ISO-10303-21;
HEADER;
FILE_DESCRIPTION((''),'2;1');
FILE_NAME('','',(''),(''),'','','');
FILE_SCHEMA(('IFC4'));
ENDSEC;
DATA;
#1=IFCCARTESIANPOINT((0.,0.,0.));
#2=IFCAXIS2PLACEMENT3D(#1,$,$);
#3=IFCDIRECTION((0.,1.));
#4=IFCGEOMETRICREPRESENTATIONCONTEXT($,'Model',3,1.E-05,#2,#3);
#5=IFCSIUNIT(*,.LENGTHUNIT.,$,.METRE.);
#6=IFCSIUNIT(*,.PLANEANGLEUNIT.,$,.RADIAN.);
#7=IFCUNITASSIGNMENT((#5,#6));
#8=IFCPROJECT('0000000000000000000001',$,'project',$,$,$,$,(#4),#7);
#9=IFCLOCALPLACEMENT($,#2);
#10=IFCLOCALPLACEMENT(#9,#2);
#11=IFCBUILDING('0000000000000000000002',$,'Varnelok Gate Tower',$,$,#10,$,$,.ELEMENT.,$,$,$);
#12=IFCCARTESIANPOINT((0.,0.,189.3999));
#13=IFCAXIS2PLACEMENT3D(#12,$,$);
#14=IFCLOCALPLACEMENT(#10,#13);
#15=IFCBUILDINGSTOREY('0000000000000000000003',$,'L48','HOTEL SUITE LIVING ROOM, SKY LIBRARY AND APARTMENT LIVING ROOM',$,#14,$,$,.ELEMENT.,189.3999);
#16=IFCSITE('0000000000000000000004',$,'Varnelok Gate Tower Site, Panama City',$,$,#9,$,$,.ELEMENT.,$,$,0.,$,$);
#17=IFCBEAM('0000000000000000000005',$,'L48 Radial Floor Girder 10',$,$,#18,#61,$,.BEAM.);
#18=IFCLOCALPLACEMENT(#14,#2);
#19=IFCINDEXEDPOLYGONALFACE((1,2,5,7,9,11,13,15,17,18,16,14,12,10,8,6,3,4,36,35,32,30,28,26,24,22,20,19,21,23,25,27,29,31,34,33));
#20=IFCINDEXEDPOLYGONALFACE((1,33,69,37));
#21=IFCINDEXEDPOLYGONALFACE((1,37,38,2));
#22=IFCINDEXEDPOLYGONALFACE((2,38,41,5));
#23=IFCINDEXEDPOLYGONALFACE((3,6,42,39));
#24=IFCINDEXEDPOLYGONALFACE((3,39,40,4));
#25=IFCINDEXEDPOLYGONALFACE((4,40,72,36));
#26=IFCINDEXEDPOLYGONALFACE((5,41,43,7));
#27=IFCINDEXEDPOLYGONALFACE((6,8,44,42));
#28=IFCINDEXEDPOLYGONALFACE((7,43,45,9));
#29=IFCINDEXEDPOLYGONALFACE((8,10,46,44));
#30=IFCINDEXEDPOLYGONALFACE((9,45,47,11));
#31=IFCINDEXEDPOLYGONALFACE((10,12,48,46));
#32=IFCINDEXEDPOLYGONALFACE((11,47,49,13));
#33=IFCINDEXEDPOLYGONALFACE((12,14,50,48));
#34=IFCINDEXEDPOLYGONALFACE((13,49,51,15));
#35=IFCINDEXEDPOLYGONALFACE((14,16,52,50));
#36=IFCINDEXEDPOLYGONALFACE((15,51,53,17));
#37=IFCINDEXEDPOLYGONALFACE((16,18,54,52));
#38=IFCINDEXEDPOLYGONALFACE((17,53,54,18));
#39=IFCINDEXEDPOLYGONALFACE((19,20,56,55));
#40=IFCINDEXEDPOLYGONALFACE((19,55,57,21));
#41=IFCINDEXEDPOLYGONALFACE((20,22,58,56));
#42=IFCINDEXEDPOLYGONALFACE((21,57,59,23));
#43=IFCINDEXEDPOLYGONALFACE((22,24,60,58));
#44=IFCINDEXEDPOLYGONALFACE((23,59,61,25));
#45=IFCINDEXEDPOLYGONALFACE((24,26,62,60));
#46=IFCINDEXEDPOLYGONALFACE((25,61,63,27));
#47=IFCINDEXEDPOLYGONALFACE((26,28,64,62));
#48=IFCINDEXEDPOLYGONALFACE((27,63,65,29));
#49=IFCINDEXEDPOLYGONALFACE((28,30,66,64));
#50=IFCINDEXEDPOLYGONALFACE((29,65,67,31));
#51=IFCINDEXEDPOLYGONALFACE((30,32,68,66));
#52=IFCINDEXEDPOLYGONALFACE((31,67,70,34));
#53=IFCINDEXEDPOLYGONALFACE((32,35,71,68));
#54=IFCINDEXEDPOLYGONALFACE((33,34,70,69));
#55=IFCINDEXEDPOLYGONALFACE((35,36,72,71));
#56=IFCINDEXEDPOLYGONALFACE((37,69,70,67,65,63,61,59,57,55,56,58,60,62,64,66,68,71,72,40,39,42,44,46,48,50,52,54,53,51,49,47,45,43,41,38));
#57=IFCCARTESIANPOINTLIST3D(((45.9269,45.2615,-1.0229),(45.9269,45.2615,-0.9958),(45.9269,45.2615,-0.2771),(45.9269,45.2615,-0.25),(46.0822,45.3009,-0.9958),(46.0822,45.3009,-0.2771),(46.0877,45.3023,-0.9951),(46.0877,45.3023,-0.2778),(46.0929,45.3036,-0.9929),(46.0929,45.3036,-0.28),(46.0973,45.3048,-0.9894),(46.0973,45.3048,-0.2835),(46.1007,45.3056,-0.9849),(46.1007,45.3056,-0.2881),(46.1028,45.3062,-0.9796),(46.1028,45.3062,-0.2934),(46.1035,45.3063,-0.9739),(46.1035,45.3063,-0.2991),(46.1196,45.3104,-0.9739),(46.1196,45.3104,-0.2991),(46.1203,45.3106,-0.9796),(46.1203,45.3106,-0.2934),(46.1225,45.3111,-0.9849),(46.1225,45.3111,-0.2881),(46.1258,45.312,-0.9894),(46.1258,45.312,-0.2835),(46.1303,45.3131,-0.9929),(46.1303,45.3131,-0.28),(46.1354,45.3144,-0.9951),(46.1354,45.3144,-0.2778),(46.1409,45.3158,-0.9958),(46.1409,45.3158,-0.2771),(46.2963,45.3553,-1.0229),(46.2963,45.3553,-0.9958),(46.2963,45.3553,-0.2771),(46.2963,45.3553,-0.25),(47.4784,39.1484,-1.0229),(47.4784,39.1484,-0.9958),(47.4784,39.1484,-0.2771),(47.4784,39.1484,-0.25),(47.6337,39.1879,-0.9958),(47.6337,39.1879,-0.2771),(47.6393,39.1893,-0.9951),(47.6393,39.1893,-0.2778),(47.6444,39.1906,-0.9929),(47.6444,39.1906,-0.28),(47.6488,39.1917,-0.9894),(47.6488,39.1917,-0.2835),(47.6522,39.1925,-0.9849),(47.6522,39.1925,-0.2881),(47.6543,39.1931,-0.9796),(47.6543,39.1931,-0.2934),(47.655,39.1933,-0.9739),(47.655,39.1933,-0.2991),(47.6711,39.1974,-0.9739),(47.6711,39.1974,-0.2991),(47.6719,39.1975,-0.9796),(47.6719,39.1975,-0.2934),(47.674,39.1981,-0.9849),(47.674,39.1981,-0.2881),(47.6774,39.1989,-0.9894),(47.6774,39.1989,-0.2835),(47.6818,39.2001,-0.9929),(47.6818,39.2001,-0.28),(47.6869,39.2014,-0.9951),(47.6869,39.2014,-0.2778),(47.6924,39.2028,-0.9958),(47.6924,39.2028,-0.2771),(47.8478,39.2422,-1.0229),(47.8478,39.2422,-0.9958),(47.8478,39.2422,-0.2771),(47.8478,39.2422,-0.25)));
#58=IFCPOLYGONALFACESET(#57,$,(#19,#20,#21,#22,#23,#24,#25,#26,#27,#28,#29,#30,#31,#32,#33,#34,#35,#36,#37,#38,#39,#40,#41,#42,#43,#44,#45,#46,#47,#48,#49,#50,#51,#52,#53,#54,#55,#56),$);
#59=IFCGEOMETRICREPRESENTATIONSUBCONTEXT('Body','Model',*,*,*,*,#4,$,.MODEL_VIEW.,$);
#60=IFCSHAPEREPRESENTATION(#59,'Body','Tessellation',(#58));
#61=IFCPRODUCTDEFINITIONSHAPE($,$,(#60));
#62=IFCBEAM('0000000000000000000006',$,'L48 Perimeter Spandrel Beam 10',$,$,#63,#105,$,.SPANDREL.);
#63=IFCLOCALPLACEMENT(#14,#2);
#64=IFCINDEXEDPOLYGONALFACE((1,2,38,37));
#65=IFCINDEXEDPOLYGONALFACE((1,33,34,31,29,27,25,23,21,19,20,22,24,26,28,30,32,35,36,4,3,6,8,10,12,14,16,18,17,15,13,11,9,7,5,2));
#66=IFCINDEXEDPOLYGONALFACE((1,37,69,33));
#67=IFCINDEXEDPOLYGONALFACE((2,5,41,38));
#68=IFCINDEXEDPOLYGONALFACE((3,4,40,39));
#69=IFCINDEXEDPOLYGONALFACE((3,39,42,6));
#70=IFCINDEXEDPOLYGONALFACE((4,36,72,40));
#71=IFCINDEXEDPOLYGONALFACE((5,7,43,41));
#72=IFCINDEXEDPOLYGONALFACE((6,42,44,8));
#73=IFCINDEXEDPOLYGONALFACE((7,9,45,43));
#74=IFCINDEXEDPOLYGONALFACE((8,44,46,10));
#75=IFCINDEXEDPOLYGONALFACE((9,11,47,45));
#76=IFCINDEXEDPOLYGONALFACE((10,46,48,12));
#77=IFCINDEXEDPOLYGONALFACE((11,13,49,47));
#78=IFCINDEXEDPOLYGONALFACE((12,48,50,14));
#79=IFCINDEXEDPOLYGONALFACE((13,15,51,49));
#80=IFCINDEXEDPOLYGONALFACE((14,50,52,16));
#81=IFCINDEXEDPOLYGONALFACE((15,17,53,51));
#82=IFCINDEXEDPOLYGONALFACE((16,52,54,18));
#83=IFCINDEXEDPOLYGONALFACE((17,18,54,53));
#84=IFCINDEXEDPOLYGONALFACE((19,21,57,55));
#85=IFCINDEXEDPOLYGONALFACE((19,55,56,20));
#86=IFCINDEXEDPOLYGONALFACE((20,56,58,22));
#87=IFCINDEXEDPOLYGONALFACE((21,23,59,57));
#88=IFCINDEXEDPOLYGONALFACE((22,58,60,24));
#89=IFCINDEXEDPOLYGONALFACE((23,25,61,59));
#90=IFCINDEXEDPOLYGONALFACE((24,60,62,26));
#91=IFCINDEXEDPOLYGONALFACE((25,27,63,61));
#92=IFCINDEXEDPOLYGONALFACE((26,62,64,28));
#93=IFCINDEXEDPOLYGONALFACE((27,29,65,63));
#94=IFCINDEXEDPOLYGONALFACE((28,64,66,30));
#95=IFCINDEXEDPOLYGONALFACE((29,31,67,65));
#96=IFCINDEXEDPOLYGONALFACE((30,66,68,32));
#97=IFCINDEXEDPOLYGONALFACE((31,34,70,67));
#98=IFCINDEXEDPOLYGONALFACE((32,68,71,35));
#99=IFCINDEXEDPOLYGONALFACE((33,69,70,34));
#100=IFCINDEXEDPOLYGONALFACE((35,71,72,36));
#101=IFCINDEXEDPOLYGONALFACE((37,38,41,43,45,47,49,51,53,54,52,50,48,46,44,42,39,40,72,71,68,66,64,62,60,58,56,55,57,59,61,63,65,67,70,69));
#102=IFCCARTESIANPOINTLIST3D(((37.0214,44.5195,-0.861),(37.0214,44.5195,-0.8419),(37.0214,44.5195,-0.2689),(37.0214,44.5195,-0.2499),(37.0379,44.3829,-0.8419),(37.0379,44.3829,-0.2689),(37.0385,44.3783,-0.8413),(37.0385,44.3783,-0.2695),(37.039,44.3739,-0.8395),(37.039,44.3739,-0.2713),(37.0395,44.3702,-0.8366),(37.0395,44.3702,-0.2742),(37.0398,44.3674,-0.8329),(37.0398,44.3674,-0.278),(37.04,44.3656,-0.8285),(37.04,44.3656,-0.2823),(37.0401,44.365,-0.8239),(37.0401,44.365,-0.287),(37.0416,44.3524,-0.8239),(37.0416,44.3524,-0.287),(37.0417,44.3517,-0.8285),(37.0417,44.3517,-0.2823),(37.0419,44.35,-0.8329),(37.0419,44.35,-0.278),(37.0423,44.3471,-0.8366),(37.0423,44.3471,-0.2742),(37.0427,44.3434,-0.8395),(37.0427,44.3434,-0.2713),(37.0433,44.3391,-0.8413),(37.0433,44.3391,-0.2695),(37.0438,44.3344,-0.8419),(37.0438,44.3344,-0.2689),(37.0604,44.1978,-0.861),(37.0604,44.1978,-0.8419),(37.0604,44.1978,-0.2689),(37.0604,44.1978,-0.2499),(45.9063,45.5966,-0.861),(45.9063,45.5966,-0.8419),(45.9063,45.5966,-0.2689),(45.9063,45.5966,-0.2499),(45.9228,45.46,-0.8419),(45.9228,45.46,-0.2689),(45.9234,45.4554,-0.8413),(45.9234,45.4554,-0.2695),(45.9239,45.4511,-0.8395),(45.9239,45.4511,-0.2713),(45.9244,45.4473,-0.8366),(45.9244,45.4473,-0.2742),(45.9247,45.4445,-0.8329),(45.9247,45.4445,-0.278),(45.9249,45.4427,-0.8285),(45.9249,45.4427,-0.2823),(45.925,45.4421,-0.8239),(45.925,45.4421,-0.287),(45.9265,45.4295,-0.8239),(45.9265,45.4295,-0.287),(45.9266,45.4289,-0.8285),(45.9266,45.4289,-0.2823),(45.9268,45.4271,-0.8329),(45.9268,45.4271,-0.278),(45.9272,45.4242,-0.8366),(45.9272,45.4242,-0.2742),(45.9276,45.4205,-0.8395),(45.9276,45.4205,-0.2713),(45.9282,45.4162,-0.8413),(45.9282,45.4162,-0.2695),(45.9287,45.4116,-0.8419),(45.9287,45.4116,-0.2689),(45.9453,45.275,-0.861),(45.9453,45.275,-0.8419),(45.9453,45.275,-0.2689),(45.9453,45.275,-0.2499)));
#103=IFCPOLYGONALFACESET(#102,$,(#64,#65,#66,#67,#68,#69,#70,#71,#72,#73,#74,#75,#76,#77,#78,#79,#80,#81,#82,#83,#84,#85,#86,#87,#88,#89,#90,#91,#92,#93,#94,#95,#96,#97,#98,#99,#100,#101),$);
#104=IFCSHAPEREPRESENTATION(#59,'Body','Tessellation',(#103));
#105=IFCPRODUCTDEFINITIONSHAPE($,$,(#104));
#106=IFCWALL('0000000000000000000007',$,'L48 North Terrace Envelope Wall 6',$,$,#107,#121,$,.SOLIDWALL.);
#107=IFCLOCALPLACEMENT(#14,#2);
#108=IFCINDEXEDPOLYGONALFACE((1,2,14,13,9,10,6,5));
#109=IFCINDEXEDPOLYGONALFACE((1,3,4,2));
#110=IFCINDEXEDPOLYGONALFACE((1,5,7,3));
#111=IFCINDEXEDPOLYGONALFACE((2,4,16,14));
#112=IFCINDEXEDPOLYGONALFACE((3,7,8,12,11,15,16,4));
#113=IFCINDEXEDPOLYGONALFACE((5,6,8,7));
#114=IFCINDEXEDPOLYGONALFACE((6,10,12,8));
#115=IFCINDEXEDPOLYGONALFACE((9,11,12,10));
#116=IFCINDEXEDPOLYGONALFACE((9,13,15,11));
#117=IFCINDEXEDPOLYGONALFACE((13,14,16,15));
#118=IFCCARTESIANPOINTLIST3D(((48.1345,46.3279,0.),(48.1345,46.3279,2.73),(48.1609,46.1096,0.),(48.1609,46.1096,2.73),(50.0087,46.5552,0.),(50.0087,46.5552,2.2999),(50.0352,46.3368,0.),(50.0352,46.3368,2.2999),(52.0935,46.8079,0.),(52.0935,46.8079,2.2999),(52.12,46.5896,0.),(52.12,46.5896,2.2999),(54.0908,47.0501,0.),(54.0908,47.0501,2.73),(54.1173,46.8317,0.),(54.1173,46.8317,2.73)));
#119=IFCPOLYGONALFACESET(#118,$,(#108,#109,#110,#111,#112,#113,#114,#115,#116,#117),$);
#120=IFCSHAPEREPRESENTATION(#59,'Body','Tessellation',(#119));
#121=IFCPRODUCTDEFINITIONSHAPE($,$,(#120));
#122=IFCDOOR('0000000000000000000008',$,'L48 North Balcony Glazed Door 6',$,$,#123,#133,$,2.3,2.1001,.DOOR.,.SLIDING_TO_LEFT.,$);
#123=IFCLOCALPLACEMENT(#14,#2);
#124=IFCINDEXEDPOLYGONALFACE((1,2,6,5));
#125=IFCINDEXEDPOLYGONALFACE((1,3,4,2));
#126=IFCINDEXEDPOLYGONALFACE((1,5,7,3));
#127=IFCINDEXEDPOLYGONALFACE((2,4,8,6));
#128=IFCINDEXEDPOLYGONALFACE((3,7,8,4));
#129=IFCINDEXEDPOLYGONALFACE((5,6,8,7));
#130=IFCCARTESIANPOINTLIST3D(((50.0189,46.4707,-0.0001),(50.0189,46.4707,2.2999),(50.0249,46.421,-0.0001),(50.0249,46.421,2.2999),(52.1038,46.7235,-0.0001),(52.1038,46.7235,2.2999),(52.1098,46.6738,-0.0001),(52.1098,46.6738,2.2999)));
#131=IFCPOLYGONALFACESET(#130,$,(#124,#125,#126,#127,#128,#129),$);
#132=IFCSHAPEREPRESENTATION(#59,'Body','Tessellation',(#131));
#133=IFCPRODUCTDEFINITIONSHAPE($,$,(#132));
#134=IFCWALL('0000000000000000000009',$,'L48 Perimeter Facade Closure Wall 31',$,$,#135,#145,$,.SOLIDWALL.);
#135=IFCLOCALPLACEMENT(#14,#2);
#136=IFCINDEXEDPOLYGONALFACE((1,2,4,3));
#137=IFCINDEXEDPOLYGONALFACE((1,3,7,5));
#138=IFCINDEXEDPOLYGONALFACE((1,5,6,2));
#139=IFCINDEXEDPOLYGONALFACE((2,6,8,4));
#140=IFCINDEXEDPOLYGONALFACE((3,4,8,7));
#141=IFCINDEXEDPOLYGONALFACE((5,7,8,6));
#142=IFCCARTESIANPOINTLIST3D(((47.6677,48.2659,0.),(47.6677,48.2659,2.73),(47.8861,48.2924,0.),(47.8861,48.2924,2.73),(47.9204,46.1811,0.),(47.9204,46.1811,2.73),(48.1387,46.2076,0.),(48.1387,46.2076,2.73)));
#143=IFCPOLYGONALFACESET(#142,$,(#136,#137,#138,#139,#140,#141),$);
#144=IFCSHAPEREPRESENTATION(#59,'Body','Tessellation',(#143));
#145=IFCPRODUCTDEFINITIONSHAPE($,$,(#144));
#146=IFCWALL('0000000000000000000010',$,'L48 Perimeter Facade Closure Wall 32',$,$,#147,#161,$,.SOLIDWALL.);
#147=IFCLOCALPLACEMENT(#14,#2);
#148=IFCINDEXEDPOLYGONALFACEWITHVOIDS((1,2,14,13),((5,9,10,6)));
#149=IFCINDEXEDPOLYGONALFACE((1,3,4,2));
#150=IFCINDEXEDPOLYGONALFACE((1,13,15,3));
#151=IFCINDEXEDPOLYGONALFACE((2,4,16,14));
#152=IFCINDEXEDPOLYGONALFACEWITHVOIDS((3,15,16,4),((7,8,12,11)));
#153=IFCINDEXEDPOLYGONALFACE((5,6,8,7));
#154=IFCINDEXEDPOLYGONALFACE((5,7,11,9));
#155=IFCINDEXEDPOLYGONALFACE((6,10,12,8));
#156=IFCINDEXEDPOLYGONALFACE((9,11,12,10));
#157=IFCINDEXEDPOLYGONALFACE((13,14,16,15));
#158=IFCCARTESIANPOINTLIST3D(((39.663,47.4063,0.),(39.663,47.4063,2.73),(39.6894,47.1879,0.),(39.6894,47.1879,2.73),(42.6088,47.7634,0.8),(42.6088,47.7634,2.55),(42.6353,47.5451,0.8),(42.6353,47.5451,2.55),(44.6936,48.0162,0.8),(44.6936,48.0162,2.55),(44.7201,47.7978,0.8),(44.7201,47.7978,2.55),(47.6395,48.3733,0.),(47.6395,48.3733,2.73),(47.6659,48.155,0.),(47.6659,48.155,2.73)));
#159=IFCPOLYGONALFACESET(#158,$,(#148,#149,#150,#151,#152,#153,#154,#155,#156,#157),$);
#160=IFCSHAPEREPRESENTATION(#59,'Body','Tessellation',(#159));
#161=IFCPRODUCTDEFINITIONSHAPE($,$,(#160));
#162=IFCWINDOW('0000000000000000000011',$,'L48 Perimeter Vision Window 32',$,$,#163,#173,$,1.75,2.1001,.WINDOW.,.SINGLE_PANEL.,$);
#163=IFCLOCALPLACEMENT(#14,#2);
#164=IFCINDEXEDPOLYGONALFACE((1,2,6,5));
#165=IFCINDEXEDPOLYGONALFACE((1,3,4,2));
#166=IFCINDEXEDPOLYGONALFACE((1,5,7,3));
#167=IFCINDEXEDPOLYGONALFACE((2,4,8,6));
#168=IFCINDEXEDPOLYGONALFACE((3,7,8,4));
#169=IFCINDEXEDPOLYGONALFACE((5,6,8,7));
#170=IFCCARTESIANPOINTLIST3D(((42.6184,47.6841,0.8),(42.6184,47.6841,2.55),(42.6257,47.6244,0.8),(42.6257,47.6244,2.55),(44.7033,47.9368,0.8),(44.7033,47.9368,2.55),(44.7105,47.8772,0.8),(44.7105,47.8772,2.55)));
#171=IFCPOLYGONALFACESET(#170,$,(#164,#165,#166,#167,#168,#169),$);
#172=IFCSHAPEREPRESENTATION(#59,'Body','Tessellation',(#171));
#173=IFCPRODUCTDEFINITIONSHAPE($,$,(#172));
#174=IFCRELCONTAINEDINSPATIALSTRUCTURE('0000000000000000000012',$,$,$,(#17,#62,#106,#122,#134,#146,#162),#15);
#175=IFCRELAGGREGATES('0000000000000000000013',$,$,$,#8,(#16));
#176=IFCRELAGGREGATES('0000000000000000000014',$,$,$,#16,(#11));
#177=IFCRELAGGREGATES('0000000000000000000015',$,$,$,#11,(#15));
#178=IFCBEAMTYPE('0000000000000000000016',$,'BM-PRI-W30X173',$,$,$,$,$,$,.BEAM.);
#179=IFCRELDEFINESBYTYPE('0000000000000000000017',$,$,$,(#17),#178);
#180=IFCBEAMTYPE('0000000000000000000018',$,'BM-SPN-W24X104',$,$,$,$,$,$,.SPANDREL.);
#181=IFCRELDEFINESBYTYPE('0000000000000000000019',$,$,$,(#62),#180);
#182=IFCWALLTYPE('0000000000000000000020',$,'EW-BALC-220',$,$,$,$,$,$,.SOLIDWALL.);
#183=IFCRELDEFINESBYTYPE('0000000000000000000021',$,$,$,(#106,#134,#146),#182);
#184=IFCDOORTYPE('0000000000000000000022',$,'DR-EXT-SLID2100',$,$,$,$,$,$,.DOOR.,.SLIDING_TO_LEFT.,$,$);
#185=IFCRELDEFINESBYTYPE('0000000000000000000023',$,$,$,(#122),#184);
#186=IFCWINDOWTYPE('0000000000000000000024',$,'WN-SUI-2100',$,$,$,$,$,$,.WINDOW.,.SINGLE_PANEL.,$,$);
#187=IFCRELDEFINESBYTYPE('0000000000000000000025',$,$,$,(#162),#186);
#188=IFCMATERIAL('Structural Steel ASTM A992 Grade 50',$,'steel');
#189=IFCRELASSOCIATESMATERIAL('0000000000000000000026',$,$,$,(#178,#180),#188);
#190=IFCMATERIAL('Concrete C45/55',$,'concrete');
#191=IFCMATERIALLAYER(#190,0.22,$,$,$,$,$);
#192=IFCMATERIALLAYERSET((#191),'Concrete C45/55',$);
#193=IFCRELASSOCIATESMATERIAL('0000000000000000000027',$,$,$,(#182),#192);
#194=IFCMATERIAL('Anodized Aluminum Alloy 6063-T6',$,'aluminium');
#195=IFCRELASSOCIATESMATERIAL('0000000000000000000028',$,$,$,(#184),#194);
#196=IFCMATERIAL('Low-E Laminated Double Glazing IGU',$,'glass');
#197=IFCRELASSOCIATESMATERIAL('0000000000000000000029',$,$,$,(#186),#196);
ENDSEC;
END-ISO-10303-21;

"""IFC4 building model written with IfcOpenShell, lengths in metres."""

from ifc_helpers import new_model, si_unit, direction, frame, frame_2d, origin, origin_2d, place, context, subcontext, project, spatial, rectangle, i_section, extrude, material, layer, layer_set, material_profile, profile_set, type_object, element, fill, save


model = new_model("IFC4")

# Units and contexts
model_context = context("Model", 3, precision=1e-05, world=origin(), true_north=direction((0.0, 1.0)))
body_context = subcontext(model_context, "Body", "Model", "MODEL_VIEW")
ifc_project = project(units=[si_unit("LENGTHUNIT", "METRE"), si_unit("PLANEANGLEUNIT", "RADIAN")], contexts=[model_context])

# Site, building, storey
site_placement = place(None, origin())
site = spatial("IfcSite", under=ifc_project, at=site_placement, Name="Varnelok Gate Tower Site, Panama City", CompositionType="ELEMENT", RefElevation=0.0)
building_placement = place(site_placement, origin())
building = spatial("IfcBuilding", under=site, at=building_placement, Name="Varnelok Gate Tower", CompositionType="ELEMENT")
storey_placement = place(building_placement, frame((0.0, 0.0, 189.3999)))
storey = spatial("IfcBuildingStorey", under=building, at=storey_placement, Name="L48", Description="HOTEL SUITE LIVING ROOM, SKY LIBRARY AND APARTMENT LIVING ROOM", CompositionType="ELEMENT", Elevation=189.3999)

# Shared definitions
ifc_material_1 = material(Name="Structural Steel ASTM A992 Grade 50", Category="steel")

# Beams
ifc_material_profile_1 = material_profile(ifc_material_1, i_section(OverallWidth=0.3811, OverallDepth=0.7729, WebThickness=0.0166, FlangeThickness=0.0271, FilletRadius=0.022, at=origin_2d()), Name="W30X173")
ifc_profile_set_1 = profile_set([ifc_material_profile_1], Name="Structural Steel ASTM A992 Grade 50")
beam_type_1 = type_object("IfcBeamType", Name="BM-PRI-W30X173", PredefinedType="BEAM", material=ifc_profile_set_1)
beam_1_placement = place(storey_placement, frame((47.6631, 39.1953, -0.6365), z_axis=(-0.246004, 0.969269, 0.0), x_axis=(-0.969269, -0.246004, 0.0)))
element("IfcBeam", 1, at=beam_1_placement, inside=storey, type_object=beam_type_1, Name="L48 Radial Floor Girder 10", PredefinedType="BEAM", context=body_context, shape_type="SweptSolid", body=[
    extrude(i_section(OverallWidth=0.3811, OverallDepth=0.7729, WebThickness=0.0166, FlangeThickness=0.0271, FilletRadius=0.022, at=origin_2d()), origin(), (0.0, 0.0, 1.0), 6.3069),
])
ifc_material_profile_2 = material_profile(ifc_material_1, i_section(OverallWidth=0.324, OverallDepth=0.6111, WebThickness=0.0127, FlangeThickness=0.019, FilletRadius=0.0181, at=origin_2d()), Name="W24X104")
ifc_profile_set_2 = profile_set([ifc_material_profile_2], Name="Structural Steel ASTM A992 Grade 50")
beam_type_2 = type_object("IfcBeamType", Name="BM-SPN-W24X104", PredefinedType="SPANDREL", material=ifc_profile_set_2)
beam_2_placement = place(storey_placement, frame((45.9258, 45.4358, -0.5554), z_axis=(-0.992731, -0.120351, 0.0), x_axis=(0.120351, -0.992731, 0.0)))
element("IfcBeam", 2, at=beam_2_placement, inside=storey, type_object=beam_type_2, Name="L48 Perimeter Spandrel Beam 10", PredefinedType="SPANDREL", context=body_context, shape_type="SweptSolid", body=[
    extrude(i_section(OverallWidth=0.324, OverallDepth=0.6111, WebThickness=0.0127, FlangeThickness=0.019, FilletRadius=0.0181, at=origin_2d()), origin(), (0.0, 0.0, 1.0), 8.95),
])

# Wall, opening, door
ifc_material_2 = material(Name="Concrete C45/55", Category="concrete")
ifc_layer_1 = layer(ifc_material_2, 0.22)
ifc_layer_set_1 = layer_set([ifc_layer_1], Name="Concrete C45/55")
wall_type_1 = type_object("IfcWallType", Name="EW-BALC-220", PredefinedType="SOLIDWALL", material=ifc_layer_set_1)
wall_1_placement = place(storey_placement, frame((48.1477, 46.2188, 0.0), z_axis=(0.0, 0.0, 1.0), x_axis=(0.99273, 0.120363, 0.0)))
wall_1 = element("IfcWall", 3, at=wall_1_placement, inside=storey, type_object=wall_type_1, Name="L48 North Terrace Envelope Wall 6", PredefinedType="SOLIDWALL", context=body_context, shape_type="SweptSolid", body=[
    extrude(rectangle(XDim=6.0, YDim=0.22, at=frame_2d((3.0, 0.0))), origin(), (0.0, 0.0, 1.0), 2.73),
])
opening_1_placement = place(wall_1_placement, frame((1.8879, 0.0, 0.0)))
opening_1 = element("IfcOpeningElement", 4, at=opening_1_placement, cuts=wall_1, PredefinedType="OPENING", context=body_context, shape_type="SweptSolid", body=[
    extrude(rectangle(XDim=2.1001, YDim=2.3, at=frame_2d((1.05, 1.1499))), frame((0.0, 0.1199, 0.0), z_axis=(0.0, -1.0, 0.0), x_axis=(1.0, 0.0, 0.0)), (0.0, 0.0, 1.0), 0.24),
])
ifc_material_3 = material(Name="Anodized Aluminum Alloy 6063-T6", Category="aluminium")
door_type_1 = type_object("IfcDoorType", Name="DR-EXT-SLID2100", OperationType="SLIDING_TO_LEFT", PredefinedType="DOOR", material=ifc_material_3)
door_1_placement = place(opening_1_placement, origin())
door_1 = element("IfcDoor", 5, at=door_1_placement, inside=storey, type_object=door_type_1, Name="L48 North Balcony Glazed Door 6", OperationType="SLIDING_TO_LEFT", OverallHeight=2.3, OverallWidth=2.1001, PredefinedType="DOOR", context=body_context, shape_type="SweptSolid", body=[
    extrude(rectangle(XDim=2.1001, YDim=2.3, at=frame_2d((1.05, 1.1499))), frame((0.0, 0.0249, 0.0), z_axis=(0.0, -1.0, 0.0), x_axis=(1.0, 0.0, 0.0)), (0.0, 0.0, 1.0), 0.05),
])
fill(opening_1, door_1)

# Wall
wall_2_placement = place(storey_placement, frame((48.0295, 46.1943, 0.0), z_axis=(0.0, 0.0, 1.0), x_axis=(-0.120314, 0.992736, 0.0)))
element("IfcWall", 6, at=wall_2_placement, inside=storey, type_object=wall_type_1, Name="L48 Perimeter Facade Closure Wall 31", PredefinedType="SOLIDWALL", context=body_context, shape_type="SweptSolid", body=[
    extrude(rectangle(XDim=2.1001, YDim=0.22, at=frame_2d((1.05, 0.0))), origin(), (0.0, 0.0, 1.0), 2.73),
])

# Wall, opening, window
wall_3_placement = place(storey_placement, frame((47.6528, 48.2642, 0.0), z_axis=(0.0, 0.0, 1.0), x_axis=(-0.992731, -0.120354, 0.0)))
wall_3 = element("IfcWall", 7, at=wall_3_placement, inside=storey, type_object=wall_type_1, Name="L48 Perimeter Facade Closure Wall 32", PredefinedType="SOLIDWALL", context=body_context, shape_type="SweptSolid", body=[
    extrude(rectangle(XDim=8.0349, YDim=0.22, at=frame_2d((4.0176, 0.0))), origin(), (0.0, 0.0, 1.0), 2.73),
])
opening_2_placement = place(wall_3_placement, frame((2.9675, 0.0, 0.8)))
opening_2 = element("IfcOpeningElement", 8, at=opening_2_placement, cuts=wall_3, PredefinedType="OPENING", context=body_context, shape_type="SweptSolid", body=[
    extrude(rectangle(XDim=2.1001, YDim=1.75, at=frame_2d((1.05, 0.875))), frame((0.0, 0.1199, 0.0), z_axis=(0.0, -1.0, 0.0), x_axis=(1.0, 0.0, 0.0)), (0.0, 0.0, 1.0), 0.24),
])
ifc_material_4 = material(Name="Low-E Laminated Double Glazing IGU", Category="glass")
window_type = type_object("IfcWindowType", Name="WN-SUI-2100", PartitioningType="SINGLE_PANEL", PredefinedType="WINDOW", material=ifc_material_4)
window_placement = place(opening_2_placement, origin())
window = element("IfcWindow", 9, at=window_placement, inside=storey, type_object=window_type, Name="L48 Perimeter Vision Window 32", OverallHeight=1.75, OverallWidth=2.1001, PartitioningType="SINGLE_PANEL", PredefinedType="WINDOW", context=body_context, shape_type="SweptSolid", body=[
    extrude(rectangle(XDim=2.1001, YDim=1.75, at=frame_2d((1.05, 0.875))), frame((0.0, 0.03, 0.0), z_axis=(0.0, -1.0, 0.0), x_axis=(1.0, 0.0, 0.0)), (0.0, 0.0, 1.0), 0.0601),
])
fill(opening_2, window)

save(model, "model.ifc")
